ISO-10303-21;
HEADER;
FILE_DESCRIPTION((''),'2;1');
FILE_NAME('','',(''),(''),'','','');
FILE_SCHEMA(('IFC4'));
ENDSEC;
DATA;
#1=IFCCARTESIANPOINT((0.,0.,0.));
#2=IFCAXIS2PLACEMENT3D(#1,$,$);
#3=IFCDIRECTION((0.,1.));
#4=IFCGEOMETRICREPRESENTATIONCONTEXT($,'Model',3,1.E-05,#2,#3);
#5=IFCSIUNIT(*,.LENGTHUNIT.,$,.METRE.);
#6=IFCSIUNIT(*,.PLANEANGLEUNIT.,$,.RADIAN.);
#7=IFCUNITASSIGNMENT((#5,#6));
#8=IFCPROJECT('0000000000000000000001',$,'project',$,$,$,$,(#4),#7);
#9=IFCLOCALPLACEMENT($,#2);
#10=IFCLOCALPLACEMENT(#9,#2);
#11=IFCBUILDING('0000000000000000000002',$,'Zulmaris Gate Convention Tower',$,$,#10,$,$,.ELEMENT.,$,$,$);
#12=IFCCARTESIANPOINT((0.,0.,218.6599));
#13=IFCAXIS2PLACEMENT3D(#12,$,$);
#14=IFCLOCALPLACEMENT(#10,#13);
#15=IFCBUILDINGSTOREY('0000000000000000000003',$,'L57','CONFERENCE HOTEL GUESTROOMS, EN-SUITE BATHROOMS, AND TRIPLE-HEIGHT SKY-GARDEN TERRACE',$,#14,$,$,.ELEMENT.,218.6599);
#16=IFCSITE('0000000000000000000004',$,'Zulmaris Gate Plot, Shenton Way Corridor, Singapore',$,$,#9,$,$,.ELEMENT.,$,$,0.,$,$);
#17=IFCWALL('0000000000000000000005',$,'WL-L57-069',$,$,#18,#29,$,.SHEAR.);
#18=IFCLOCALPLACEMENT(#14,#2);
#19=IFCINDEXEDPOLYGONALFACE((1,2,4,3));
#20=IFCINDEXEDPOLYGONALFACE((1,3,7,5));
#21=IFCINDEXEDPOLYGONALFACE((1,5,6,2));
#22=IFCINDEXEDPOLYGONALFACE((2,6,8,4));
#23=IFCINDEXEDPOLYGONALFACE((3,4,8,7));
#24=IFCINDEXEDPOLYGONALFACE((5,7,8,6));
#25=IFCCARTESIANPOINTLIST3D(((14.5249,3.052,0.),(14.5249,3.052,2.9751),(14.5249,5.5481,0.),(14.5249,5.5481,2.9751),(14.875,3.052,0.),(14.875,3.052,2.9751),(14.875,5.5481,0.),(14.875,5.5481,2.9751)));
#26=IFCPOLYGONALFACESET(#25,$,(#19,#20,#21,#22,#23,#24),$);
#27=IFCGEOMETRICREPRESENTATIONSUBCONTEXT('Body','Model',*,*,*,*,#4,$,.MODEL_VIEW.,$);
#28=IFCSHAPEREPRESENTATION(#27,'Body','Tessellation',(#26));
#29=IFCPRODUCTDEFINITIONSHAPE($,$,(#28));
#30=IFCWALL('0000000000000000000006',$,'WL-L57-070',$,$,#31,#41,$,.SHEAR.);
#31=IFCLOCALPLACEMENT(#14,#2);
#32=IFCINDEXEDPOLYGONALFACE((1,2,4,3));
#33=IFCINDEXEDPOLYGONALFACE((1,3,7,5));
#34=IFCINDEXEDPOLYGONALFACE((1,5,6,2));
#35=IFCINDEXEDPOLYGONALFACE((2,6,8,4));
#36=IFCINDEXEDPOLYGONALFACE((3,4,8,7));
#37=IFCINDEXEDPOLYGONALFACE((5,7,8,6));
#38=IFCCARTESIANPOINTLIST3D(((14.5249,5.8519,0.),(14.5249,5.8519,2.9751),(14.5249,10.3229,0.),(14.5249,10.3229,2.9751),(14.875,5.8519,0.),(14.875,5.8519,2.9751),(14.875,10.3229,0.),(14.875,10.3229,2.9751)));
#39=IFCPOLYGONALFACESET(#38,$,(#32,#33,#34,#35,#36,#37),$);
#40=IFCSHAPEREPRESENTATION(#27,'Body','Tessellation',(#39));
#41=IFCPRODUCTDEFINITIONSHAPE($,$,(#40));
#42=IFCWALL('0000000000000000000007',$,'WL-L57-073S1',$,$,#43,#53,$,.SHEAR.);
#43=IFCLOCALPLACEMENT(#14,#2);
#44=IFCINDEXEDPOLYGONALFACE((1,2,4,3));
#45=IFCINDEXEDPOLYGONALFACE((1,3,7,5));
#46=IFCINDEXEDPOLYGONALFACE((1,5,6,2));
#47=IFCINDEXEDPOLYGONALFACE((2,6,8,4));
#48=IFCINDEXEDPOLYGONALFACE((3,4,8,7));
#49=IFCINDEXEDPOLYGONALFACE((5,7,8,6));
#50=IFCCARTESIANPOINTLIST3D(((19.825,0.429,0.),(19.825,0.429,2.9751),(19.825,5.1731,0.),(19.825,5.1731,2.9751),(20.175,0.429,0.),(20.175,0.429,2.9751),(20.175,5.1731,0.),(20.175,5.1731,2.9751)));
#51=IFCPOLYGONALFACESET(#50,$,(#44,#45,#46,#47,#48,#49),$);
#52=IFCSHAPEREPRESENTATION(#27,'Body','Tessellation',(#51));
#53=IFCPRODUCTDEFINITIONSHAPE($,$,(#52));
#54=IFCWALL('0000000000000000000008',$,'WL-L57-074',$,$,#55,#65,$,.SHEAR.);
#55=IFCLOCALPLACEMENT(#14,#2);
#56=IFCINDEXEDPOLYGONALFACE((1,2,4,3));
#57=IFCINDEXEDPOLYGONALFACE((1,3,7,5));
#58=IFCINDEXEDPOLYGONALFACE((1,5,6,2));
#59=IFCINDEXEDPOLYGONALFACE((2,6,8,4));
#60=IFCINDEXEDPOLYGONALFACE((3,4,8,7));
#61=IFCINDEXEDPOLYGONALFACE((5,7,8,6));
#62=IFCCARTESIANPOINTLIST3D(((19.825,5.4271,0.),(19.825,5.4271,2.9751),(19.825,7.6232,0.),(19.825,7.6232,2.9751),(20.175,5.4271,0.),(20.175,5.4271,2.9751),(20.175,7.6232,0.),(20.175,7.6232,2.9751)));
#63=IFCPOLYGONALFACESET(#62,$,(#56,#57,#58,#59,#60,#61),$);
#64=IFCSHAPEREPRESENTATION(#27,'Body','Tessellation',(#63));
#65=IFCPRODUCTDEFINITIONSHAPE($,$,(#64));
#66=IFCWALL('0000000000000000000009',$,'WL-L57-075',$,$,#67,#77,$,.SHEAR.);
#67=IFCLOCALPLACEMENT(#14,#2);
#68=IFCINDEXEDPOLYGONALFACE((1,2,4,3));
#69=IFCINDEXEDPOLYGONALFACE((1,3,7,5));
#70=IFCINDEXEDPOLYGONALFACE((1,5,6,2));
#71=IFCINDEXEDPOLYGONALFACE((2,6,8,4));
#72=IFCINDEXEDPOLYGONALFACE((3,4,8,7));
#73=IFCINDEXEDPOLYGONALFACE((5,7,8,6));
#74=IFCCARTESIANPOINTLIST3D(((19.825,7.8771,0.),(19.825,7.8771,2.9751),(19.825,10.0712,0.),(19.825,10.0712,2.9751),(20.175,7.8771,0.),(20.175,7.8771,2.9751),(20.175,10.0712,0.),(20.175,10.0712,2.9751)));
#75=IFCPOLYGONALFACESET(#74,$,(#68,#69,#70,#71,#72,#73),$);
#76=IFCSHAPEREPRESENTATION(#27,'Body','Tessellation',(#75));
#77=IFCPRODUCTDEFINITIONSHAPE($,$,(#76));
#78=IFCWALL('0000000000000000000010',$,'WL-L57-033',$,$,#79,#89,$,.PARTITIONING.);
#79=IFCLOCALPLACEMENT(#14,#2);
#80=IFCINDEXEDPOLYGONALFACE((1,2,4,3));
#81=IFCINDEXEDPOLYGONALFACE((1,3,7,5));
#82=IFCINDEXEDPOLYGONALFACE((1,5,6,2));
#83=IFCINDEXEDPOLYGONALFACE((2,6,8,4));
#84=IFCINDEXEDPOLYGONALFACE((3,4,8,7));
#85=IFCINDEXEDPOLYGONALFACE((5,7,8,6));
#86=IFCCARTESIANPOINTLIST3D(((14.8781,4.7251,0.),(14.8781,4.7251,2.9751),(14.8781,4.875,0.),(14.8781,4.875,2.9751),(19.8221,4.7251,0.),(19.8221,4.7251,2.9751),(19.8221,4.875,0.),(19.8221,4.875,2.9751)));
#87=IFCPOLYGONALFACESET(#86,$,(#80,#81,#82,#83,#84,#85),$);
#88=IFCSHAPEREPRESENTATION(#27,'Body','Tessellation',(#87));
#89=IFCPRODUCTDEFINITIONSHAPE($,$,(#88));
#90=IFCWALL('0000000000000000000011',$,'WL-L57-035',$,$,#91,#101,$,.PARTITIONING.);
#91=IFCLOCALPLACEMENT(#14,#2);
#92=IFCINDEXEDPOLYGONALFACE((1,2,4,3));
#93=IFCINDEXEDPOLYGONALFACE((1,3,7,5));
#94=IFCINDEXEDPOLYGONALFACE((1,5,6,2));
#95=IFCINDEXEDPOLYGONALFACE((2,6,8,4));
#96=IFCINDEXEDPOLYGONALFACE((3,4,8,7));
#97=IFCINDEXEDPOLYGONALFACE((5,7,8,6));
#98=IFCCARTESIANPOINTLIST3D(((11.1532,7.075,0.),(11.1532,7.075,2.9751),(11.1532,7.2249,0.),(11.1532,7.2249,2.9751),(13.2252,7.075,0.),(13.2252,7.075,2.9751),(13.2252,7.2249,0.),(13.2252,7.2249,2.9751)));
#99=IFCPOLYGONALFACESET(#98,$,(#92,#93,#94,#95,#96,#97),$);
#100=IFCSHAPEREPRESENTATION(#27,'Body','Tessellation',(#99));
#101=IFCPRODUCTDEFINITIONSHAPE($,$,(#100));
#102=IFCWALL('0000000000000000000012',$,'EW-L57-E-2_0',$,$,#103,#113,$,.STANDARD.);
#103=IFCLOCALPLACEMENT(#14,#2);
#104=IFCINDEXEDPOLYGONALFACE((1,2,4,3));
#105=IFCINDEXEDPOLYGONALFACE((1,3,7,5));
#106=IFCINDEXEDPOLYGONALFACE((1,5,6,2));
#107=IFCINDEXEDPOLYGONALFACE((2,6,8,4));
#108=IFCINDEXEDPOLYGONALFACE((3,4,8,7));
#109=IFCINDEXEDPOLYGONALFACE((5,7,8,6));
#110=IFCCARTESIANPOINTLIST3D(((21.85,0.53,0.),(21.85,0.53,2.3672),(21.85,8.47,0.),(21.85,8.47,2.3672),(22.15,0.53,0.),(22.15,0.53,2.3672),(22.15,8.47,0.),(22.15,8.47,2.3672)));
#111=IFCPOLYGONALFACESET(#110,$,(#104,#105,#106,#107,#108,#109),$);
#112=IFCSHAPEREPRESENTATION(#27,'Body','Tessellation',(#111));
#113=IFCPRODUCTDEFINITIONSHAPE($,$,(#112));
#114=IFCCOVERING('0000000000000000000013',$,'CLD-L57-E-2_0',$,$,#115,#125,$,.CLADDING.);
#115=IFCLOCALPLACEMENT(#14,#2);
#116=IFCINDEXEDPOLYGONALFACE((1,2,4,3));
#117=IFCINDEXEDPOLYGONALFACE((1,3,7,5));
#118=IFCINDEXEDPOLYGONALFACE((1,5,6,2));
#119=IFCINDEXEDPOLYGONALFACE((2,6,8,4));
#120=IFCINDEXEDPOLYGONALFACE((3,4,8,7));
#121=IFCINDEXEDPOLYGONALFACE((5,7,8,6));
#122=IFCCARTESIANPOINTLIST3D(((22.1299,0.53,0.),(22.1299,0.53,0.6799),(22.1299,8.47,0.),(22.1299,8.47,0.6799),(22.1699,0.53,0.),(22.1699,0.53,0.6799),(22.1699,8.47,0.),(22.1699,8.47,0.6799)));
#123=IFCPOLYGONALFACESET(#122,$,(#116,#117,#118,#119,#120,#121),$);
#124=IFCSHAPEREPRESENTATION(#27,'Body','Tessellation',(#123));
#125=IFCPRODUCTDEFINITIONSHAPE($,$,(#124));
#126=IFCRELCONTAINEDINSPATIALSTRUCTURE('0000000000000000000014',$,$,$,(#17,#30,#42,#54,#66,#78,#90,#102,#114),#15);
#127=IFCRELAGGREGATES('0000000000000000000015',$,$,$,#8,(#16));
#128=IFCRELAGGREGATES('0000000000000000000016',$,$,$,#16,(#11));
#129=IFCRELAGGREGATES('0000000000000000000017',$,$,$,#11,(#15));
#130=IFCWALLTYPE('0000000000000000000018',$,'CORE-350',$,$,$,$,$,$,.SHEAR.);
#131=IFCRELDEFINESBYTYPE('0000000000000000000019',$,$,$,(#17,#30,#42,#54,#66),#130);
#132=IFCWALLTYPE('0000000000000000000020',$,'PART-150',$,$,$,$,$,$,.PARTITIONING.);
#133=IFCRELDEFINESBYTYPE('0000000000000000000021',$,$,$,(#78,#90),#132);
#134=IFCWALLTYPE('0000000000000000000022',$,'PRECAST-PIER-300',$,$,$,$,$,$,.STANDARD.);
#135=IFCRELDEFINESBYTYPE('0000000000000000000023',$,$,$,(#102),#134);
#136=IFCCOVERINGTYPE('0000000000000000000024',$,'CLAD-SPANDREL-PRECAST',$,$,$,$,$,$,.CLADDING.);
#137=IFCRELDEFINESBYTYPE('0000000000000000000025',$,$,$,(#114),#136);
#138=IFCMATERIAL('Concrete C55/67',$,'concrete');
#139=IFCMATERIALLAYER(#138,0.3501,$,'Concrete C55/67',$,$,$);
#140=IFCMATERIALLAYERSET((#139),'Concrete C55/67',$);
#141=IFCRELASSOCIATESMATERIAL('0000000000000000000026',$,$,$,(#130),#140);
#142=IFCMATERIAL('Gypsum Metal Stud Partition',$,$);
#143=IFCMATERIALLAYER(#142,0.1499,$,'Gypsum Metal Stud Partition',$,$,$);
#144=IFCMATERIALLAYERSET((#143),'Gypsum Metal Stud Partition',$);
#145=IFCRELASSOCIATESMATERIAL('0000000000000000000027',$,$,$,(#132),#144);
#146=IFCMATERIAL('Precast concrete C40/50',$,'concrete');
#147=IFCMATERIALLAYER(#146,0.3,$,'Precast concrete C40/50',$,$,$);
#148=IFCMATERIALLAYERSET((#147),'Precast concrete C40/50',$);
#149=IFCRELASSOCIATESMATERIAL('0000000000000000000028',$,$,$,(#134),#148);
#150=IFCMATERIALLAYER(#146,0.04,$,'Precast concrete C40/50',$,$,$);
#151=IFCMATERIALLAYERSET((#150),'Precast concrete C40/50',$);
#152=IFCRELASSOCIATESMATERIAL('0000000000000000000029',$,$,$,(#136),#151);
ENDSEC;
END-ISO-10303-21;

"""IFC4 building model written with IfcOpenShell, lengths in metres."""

from ifc_helpers import new_model, si_unit, direction, frame, frame_2d, origin, place, context, subcontext, project, spatial, rectangle, extrude, material, layer, layer_set, type_object, element, save


model = new_model("IFC4")

# Units and contexts
model_context = context("Model", 3, precision=1e-05, world=origin(), true_north=direction((0.0, 1.0)))
body_context = subcontext(model_context, "Body", "Model", "MODEL_VIEW")
ifc_project = project(units=[si_unit("LENGTHUNIT", "METRE"), si_unit("PLANEANGLEUNIT", "RADIAN")], contexts=[model_context])

# Site, building, storey
site_placement = place(None, origin())
site = spatial("IfcSite", under=ifc_project, at=site_placement, Name="Zulmaris Gate Plot, Shenton Way Corridor, Singapore", CompositionType="ELEMENT", RefElevation=0.0)
building_placement = place(site_placement, origin())
building = spatial("IfcBuilding", under=site, at=building_placement, Name="Zulmaris Gate Convention Tower", CompositionType="ELEMENT")
storey_placement = place(building_placement, frame((0.0, 0.0, 218.6599)))
storey = spatial("IfcBuildingStorey", under=building, at=storey_placement, Name="L57", Description="CONFERENCE HOTEL GUESTROOMS, EN-SUITE BATHROOMS, AND TRIPLE-HEIGHT SKY-GARDEN TERRACE", CompositionType="ELEMENT", Elevation=218.6599)

# Walls
ifc_material_1 = material(Name="Concrete C55/67", Category="concrete")
ifc_layer_1 = layer(ifc_material_1, 0.3501, Name="Concrete C55/67")
ifc_layer_set_1 = layer_set([ifc_layer_1], Name="Concrete C55/67")
wall_type_1 = type_object("IfcWallType", Name="CORE-350", PredefinedType="SHEAR", material=ifc_layer_set_1)
wall_1_placement = place(storey_placement, frame((14.7, 3.052, 0.0), z_axis=(0.0, 0.0, 1.0), x_axis=(0.0, 1.0, 0.0)))
element("IfcWall", 1, at=wall_1_placement, inside=storey, type_object=wall_type_1, Name="WL-L57-069", PredefinedType="SHEAR", context=body_context, shape_type="SweptSolid", body=[
    extrude(rectangle(XDim=2.4961, YDim=0.3501, at=frame_2d((1.248, 0.0))), origin(), (0.0, 0.0, 1.0), 2.9751),
])
wall_2_placement = place(storey_placement, frame((14.7, 5.8521, 0.0), z_axis=(0.0, 0.0, 1.0), x_axis=(0.0, 1.0, 0.0)))
element("IfcWall", 2, at=wall_2_placement, inside=storey, type_object=wall_type_1, Name="WL-L57-070", PredefinedType="SHEAR", context=body_context, shape_type="SweptSolid", body=[
    extrude(rectangle(XDim=4.4709, YDim=0.3501, at=frame_2d((2.2354, 0.0))), origin(), (0.0, 0.0, 1.0), 2.9751),
])
wall_3_placement = place(storey_placement, frame((20.0, 0.429, 0.0), z_axis=(0.0, 0.0, 1.0), x_axis=(0.0, 1.0, 0.0)))
element("IfcWall", 3, at=wall_3_placement, inside=storey, type_object=wall_type_1, Name="WL-L57-073S1", PredefinedType="SHEAR", context=body_context, shape_type="SweptSolid", body=[
    extrude(rectangle(XDim=4.7441, YDim=0.3501, at=frame_2d((2.3721, 0.0))), origin(), (0.0, 0.0, 1.0), 2.9751),
])
wall_4_placement = place(storey_placement, frame((20.0, 5.427, 0.0), z_axis=(0.0, 0.0, 1.0), x_axis=(0.0, 1.0, 0.0)))
element("IfcWall", 4, at=wall_4_placement, inside=storey, type_object=wall_type_1, Name="WL-L57-074", PredefinedType="SHEAR", context=body_context, shape_type="SweptSolid", body=[
    extrude(rectangle(XDim=2.196, YDim=0.3501, at=frame_2d((1.0981, 0.0))), origin(), (0.0, 0.0, 1.0), 2.9751),
])
wall_5_placement = place(storey_placement, frame((20.0, 7.877, 0.0), z_axis=(0.0, 0.0, 1.0), x_axis=(0.0, 1.0, 0.0)))
element("IfcWall", 5, at=wall_5_placement, inside=storey, type_object=wall_type_1, Name="WL-L57-075", PredefinedType="SHEAR", context=body_context, shape_type="SweptSolid", body=[
    extrude(rectangle(XDim=2.1941, YDim=0.3501, at=frame_2d((1.0972, 0.0))), origin(), (0.0, 0.0, 1.0), 2.9751),
])
ifc_material_2 = material(Name="Gypsum Metal Stud Partition")
ifc_layer_2 = layer(ifc_material_2, 0.1499, Name="Gypsum Metal Stud Partition")
ifc_layer_set_2 = layer_set([ifc_layer_2], Name="Gypsum Metal Stud Partition")
wall_type_2 = type_object("IfcWallType", Name="PART-150", PredefinedType="PARTITIONING", material=ifc_layer_set_2)
wall_6_placement = place(storey_placement, frame((14.8779, 4.8, 0.0), z_axis=(0.0, 0.0, 1.0), x_axis=(1.0, 0.0, 0.0)))
element("IfcWall", 6, at=wall_6_placement, inside=storey, type_object=wall_type_2, Name="WL-L57-033", PredefinedType="PARTITIONING", context=body_context, shape_type="SweptSolid", body=[
    extrude(rectangle(XDim=4.9441, YDim=0.1499, at=frame_2d((2.4722, 0.0))), origin(), (0.0, 0.0, 1.0), 2.9751),
])
wall_7_placement = place(storey_placement, frame((11.1531, 7.1499, 0.0), z_axis=(0.0, 0.0, 1.0), x_axis=(1.0, 0.0, 0.0)))
element("IfcWall", 7, at=wall_7_placement, inside=storey, type_object=wall_type_2, Name="WL-L57-035", PredefinedType="PARTITIONING", context=body_context, shape_type="SweptSolid", body=[
    extrude(rectangle(XDim=2.072, YDim=0.1499, at=frame_2d((1.0361, 0.0))), origin(), (0.0, 0.0, 1.0), 2.9751),
])

# Wall
ifc_material_3 = material(Name="Precast concrete C40/50", Category="concrete")
ifc_layer_3 = layer(ifc_material_3, 0.3, Name="Precast concrete C40/50")
ifc_layer_set_3 = layer_set([ifc_layer_3], Name="Precast concrete C40/50")
wall_type_3 = type_object("IfcWallType", Name="PRECAST-PIER-300", PredefinedType="STANDARD", material=ifc_layer_set_3)
wall_8_placement = place(storey_placement, frame((22.0, 0.53, 0.0), z_axis=(0.0, 0.0, 1.0), x_axis=(0.0, 1.0, 0.0)))
element("IfcWall", 8, at=wall_8_placement, inside=storey, type_object=wall_type_3, Name="EW-L57-E-2_0", PredefinedType="STANDARD", context=body_context, shape_type="SweptSolid", body=[
    extrude(rectangle(XDim=7.9399, YDim=0.3, at=frame_2d((3.97, 0.0))), origin(), (0.0, 0.0, 1.0), 2.3672),
])

# Covering
ifc_layer_4 = layer(ifc_material_3, 0.04, Name="Precast concrete C40/50")
ifc_layer_set_4 = layer_set([ifc_layer_4], Name="Precast concrete C40/50")
covering_type = type_object("IfcCoveringType", Name="CLAD-SPANDREL-PRECAST", PredefinedType="CLADDING", material=ifc_layer_set_4)
covering_placement = place(storey_placement, frame((22.1499, 0.53, 0.0), z_axis=(0.0, 0.0, 1.0), x_axis=(0.0, 1.0, 0.0)))
element("IfcCovering", 9, at=covering_placement, inside=storey, type_object=covering_type, Name="CLD-L57-E-2_0", PredefinedType="CLADDING", context=body_context, shape_type="SweptSolid", body=[
    extrude(rectangle(XDim=7.9399, YDim=0.04, at=frame_2d((3.97, 0.0))), origin(), (0.0, 0.0, 1.0), 0.6799),
])

save(model, "model.ifc")
